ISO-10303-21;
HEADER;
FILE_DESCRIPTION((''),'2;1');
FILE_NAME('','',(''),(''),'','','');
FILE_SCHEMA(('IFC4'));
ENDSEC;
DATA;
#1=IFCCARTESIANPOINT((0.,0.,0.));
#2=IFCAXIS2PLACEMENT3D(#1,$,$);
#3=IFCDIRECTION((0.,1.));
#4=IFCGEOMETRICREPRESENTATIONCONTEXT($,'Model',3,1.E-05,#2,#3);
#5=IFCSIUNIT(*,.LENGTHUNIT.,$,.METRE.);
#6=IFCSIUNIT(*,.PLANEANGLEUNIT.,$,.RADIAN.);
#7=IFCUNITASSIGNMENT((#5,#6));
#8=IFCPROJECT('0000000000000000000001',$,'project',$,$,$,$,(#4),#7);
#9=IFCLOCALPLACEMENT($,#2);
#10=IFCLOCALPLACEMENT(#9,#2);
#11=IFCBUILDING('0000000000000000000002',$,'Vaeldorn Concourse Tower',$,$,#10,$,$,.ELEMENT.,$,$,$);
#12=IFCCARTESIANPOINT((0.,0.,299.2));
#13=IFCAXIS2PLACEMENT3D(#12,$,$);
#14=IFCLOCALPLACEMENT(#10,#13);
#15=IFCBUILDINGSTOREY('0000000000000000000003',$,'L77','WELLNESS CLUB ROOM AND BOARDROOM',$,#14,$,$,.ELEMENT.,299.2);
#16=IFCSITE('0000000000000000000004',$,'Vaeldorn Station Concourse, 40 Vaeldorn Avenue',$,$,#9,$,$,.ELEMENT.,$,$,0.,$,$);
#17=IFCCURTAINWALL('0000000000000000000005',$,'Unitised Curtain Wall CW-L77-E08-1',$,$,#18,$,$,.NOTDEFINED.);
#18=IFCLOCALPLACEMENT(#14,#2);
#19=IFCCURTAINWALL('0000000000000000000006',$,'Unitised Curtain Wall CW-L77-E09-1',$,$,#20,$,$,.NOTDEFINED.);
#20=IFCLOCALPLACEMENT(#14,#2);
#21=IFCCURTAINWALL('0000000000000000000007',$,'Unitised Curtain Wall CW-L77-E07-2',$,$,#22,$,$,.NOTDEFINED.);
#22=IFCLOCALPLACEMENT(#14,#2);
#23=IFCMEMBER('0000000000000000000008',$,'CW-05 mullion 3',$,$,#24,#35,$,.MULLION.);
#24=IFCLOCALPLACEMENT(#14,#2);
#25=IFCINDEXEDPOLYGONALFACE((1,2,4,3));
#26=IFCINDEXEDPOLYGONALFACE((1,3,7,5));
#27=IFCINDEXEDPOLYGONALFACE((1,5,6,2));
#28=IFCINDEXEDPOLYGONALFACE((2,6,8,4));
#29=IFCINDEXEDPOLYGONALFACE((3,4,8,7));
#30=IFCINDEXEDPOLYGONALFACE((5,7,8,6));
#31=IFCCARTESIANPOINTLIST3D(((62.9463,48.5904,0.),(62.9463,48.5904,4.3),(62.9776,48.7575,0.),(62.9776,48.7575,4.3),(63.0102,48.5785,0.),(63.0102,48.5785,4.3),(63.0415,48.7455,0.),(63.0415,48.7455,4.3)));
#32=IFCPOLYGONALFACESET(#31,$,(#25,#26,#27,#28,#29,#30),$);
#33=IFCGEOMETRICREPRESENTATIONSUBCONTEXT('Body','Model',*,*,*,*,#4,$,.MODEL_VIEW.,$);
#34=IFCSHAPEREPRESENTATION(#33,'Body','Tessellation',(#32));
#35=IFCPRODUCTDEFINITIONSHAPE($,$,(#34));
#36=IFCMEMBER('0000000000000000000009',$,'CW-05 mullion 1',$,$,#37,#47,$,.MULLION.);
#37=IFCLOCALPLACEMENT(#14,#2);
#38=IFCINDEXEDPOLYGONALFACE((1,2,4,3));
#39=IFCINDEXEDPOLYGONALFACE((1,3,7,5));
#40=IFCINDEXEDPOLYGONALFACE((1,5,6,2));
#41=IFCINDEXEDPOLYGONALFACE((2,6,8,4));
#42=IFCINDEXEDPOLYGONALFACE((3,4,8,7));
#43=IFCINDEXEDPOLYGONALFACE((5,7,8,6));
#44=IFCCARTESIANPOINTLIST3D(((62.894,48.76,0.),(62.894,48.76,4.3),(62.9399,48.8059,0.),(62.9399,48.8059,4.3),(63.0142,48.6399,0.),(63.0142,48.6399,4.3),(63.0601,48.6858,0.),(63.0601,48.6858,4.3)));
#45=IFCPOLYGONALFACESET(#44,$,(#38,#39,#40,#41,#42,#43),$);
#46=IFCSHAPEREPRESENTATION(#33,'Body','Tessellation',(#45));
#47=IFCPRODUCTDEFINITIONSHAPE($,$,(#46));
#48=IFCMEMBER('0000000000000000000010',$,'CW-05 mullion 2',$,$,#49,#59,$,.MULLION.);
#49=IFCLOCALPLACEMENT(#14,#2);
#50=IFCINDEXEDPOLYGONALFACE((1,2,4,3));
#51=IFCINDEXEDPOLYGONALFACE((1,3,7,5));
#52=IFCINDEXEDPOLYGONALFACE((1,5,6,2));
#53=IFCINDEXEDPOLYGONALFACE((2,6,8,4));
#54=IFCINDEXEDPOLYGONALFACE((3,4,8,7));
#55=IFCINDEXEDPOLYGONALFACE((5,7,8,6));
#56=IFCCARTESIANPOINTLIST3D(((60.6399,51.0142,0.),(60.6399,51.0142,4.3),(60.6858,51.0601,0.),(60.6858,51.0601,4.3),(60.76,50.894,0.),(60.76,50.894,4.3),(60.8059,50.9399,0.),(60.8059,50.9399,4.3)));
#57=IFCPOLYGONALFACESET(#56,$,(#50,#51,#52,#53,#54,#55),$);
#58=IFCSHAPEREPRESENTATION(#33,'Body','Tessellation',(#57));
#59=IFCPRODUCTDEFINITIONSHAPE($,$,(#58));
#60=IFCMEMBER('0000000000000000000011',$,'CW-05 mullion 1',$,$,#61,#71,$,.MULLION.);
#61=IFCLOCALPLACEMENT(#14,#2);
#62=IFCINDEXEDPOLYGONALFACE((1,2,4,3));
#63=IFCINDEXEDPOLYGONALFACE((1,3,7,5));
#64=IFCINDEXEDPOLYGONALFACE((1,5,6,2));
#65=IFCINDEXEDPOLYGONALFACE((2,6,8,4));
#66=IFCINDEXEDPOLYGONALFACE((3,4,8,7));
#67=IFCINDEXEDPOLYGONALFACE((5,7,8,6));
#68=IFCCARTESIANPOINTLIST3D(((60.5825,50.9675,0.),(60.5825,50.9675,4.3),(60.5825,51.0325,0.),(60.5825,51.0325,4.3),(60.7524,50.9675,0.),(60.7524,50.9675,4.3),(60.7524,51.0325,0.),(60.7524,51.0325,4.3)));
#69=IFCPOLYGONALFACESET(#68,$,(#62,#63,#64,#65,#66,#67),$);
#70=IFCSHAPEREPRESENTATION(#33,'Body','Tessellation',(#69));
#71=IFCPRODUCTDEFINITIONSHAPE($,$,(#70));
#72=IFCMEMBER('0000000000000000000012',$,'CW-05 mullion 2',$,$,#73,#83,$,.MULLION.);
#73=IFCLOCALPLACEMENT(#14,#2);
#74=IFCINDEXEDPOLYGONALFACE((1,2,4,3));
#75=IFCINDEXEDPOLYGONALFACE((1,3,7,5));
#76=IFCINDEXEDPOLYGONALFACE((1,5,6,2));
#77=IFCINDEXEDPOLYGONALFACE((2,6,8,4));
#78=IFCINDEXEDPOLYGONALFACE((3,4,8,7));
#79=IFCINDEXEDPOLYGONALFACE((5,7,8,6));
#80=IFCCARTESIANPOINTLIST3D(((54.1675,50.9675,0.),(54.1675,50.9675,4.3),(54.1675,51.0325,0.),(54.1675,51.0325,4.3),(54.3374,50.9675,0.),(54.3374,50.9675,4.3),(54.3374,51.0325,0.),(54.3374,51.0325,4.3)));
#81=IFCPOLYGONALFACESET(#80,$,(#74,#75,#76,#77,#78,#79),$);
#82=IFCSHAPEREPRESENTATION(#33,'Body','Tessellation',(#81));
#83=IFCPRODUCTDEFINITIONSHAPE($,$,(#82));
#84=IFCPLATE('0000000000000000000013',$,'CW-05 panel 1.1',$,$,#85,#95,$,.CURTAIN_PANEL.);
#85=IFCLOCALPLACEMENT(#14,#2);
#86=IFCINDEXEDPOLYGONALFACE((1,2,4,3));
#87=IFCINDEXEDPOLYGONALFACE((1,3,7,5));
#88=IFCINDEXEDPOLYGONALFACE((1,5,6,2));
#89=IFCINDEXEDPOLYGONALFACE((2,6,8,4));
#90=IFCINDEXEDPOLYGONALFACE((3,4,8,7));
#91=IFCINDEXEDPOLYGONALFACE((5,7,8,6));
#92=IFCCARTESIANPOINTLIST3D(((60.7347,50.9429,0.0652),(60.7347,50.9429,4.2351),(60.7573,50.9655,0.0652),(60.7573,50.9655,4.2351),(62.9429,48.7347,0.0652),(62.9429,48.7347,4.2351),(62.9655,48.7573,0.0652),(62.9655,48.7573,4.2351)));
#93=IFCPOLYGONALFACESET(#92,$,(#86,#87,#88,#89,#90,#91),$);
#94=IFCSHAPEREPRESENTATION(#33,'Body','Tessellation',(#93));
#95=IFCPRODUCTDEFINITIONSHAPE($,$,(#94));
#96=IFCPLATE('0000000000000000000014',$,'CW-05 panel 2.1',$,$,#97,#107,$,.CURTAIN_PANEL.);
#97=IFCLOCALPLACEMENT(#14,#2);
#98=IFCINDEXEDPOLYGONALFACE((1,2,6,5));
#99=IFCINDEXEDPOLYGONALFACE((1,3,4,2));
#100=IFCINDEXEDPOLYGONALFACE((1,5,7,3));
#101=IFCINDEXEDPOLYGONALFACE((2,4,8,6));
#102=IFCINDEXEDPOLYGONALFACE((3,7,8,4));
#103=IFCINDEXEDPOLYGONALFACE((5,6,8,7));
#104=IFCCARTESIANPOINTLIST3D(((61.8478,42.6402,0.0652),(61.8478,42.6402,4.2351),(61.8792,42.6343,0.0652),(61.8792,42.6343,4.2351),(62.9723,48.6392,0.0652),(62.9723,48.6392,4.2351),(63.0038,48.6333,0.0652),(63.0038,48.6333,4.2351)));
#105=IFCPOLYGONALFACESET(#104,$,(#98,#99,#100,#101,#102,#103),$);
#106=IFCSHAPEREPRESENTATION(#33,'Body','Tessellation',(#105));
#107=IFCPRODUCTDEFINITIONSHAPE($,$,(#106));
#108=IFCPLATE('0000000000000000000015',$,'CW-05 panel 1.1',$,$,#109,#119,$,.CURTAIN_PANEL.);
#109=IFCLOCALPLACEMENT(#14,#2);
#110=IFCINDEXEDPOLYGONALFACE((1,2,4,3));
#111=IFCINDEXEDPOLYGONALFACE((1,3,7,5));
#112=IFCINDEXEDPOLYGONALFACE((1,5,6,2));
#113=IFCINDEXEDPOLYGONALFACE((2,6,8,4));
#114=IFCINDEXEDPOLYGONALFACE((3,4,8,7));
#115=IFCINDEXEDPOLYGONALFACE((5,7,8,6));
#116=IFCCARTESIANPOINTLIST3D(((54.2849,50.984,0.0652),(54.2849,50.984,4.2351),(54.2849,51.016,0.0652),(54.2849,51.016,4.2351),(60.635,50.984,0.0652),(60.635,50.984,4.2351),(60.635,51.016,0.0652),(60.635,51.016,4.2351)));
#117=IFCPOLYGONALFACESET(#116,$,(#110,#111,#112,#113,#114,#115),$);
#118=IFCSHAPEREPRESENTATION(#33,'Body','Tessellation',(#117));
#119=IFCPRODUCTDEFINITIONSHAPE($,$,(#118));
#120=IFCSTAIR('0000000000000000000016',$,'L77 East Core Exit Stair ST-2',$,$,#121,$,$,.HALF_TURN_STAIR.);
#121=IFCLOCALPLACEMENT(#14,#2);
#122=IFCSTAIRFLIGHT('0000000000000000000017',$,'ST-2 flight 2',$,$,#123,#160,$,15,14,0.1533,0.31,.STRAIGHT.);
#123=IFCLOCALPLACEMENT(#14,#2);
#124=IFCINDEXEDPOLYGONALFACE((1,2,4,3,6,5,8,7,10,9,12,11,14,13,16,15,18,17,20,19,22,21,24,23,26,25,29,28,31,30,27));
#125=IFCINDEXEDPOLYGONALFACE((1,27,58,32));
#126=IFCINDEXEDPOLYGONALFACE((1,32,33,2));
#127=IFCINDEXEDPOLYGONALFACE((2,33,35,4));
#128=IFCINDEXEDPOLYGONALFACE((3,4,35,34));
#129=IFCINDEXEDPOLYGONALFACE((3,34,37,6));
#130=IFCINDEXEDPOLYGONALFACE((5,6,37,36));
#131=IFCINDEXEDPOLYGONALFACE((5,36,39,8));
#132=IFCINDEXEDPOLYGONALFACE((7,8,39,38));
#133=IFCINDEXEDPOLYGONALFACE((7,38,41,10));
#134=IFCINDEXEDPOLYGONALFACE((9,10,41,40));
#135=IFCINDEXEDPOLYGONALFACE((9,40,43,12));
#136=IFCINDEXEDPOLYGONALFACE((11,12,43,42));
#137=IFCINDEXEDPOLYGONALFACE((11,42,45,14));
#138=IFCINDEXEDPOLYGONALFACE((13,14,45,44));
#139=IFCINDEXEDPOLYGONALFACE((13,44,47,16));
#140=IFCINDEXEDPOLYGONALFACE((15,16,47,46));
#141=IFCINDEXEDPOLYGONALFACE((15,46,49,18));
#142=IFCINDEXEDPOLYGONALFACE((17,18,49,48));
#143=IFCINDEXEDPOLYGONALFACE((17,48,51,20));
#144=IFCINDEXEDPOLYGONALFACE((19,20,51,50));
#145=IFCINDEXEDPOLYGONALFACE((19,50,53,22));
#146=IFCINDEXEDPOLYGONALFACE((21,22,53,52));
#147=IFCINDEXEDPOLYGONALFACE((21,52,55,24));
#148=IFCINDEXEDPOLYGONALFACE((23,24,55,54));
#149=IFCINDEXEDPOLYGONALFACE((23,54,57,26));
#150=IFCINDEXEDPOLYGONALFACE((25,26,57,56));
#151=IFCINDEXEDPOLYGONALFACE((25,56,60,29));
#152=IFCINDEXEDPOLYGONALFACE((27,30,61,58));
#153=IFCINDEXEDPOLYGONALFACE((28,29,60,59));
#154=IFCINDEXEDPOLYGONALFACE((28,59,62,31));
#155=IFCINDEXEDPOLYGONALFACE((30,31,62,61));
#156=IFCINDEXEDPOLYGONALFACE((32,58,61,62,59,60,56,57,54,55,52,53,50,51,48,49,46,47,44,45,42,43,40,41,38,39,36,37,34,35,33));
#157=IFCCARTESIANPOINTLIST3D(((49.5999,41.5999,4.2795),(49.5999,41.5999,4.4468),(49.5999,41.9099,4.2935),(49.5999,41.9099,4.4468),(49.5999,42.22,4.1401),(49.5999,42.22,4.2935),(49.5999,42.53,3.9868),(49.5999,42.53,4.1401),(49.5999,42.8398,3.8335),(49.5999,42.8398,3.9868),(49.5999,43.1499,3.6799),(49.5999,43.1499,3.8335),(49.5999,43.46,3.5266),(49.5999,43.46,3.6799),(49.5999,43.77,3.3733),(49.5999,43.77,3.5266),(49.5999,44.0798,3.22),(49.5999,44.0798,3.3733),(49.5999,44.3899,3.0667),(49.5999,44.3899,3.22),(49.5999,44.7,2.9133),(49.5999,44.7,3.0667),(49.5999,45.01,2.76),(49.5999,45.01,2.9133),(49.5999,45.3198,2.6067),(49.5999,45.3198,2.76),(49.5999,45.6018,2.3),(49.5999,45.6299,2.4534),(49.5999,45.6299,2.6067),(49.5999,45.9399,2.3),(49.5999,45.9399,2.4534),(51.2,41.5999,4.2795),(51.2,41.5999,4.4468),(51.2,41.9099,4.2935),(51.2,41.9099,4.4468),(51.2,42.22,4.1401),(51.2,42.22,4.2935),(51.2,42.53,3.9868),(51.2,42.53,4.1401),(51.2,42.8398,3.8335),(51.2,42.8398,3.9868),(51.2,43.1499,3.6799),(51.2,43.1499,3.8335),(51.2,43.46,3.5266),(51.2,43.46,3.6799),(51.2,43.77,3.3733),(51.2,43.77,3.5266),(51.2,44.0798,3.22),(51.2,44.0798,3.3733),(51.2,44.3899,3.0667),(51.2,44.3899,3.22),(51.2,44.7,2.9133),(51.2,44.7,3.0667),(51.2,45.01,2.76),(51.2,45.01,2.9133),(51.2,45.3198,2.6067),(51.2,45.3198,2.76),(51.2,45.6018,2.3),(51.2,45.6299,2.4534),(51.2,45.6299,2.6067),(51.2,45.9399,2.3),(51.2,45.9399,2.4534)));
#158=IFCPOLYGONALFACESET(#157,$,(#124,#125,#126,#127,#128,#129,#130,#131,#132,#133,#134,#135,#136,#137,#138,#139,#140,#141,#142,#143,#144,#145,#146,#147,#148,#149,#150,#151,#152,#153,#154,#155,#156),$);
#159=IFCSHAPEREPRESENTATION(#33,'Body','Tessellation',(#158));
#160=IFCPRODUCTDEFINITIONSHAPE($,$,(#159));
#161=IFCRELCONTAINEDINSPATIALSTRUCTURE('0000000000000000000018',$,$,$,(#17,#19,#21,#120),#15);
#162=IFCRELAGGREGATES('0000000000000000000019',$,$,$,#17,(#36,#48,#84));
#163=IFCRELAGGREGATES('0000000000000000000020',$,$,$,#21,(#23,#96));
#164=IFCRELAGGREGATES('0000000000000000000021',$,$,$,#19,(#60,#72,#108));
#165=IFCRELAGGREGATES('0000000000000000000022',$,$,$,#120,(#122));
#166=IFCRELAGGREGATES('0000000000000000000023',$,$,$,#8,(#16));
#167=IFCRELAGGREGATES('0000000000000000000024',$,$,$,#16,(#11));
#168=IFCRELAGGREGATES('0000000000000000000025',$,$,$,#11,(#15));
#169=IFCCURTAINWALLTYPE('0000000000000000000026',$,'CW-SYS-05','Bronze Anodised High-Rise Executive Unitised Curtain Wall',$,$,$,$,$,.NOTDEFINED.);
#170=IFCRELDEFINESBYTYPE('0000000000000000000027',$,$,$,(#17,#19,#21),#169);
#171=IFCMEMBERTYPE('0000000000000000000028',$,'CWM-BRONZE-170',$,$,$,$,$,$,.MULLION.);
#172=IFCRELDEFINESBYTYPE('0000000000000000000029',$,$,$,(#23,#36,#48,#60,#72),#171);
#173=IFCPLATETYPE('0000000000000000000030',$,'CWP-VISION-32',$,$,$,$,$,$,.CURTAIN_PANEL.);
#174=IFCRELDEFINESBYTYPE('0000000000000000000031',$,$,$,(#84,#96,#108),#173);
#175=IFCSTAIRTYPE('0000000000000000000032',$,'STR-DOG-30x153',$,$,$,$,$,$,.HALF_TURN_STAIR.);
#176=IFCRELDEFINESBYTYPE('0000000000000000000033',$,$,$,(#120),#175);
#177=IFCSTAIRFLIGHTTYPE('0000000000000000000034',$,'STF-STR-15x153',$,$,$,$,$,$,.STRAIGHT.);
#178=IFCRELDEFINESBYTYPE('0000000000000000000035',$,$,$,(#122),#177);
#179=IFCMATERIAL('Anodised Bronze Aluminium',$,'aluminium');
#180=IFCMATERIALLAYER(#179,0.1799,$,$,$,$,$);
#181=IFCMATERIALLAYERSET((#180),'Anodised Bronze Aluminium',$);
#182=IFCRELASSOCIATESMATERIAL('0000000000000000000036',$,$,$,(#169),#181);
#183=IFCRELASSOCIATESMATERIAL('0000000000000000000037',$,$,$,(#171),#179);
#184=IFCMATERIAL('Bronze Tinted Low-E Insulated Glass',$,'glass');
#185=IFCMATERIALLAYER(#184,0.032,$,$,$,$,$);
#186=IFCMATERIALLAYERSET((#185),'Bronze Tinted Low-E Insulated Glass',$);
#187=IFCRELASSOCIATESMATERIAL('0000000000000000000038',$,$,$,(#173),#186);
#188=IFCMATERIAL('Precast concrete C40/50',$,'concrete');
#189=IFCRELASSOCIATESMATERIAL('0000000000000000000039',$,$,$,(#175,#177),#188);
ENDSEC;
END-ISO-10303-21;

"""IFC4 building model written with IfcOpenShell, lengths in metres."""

from ifc_helpers import new_model, si_unit, direction, frame, origin, origin_2d, place, context, subcontext, project, spatial, polyline, rectangle, outline, extrude, source, transform, mapped, material, layer, layer_set, material_profile, profile_set, type_object, element, aggregate, save


model = new_model("IFC4")

# Units and contexts
model_context = context("Model", 3, precision=1e-05, world=origin(), true_north=direction((0.0, 1.0)))
body_context = subcontext(model_context, "Body", "Model", "MODEL_VIEW")
ifc_project = project(units=[si_unit("LENGTHUNIT", "METRE"), si_unit("PLANEANGLEUNIT", "RADIAN")], contexts=[model_context])

# Site, building, storey
site_placement = place(None, origin())
site = spatial("IfcSite", under=ifc_project, at=site_placement, Name="Vaeldorn Station Concourse, 40 Vaeldorn Avenue", CompositionType="ELEMENT", RefElevation=0.0)
building_placement = place(site_placement, origin())
building = spatial("IfcBuilding", under=site, at=building_placement, Name="Vaeldorn Concourse Tower", CompositionType="ELEMENT")
storey_placement = place(building_placement, frame((0.0, 0.0, 299.2)))
storey = spatial("IfcBuildingStorey", under=building, at=storey_placement, Name="L77", Description="WELLNESS CLUB ROOM AND BOARDROOM", CompositionType="ELEMENT", Elevation=299.2)

# Curtain walls, member
ifc_material_1 = material(Name="Anodised Bronze Aluminium", Category="aluminium")
ifc_layer_1 = layer(ifc_material_1, 0.1799)
ifc_layer_set_1 = layer_set([ifc_layer_1], Name="Anodised Bronze Aluminium")
curtain_wall_type = type_object("IfcCurtainWallType", Name="CW-SYS-05", Description="Bronze Anodised High-Rise Executive Unitised Curtain Wall", PredefinedType="NOTDEFINED", material=ifc_layer_set_1)
curtain_wall_1_placement = place(storey_placement, origin())
curtain_wall_1 = element("IfcCurtainWall", 1, at=curtain_wall_1_placement, inside=storey, type_object=curtain_wall_type, Name="Unitised Curtain Wall CW-L77-E08-1", PredefinedType="NOTDEFINED")
curtain_wall_2_placement = place(storey_placement, origin())
curtain_wall_2 = element("IfcCurtainWall", 2, at=curtain_wall_2_placement, inside=storey, type_object=curtain_wall_type, Name="Unitised Curtain Wall CW-L77-E09-1", PredefinedType="NOTDEFINED")
curtain_wall_3_placement = place(storey_placement, origin())
curtain_wall_3 = element("IfcCurtainWall", 3, at=curtain_wall_3_placement, inside=storey, type_object=curtain_wall_type, Name="Unitised Curtain Wall CW-L77-E07-2", PredefinedType="NOTDEFINED")
ifc_material_profile_1 = material_profile(ifc_material_1, rectangle(XDim=0.0649, YDim=0.1699, at=origin_2d()), Name="CWM 65x170")
ifc_profile_set_1 = profile_set([ifc_material_profile_1], Name="Anodised Bronze Aluminium")
member_type_1 = type_object("IfcMemberType", Name="CWM-BRONZE-170", PredefinedType="MULLION", material=ifc_profile_set_1)
shared_shape_1 = source(origin(), body_context, "Body", "SweptSolid", [
    extrude(rectangle(XDim=0.0649, YDim=0.1699, at=origin_2d()), origin(), (0.0, 0.0, 1.0), 4.3),
])
member_1_placement = place(storey_placement, frame((62.9939, 48.668, 0.0), z_axis=(0.0, 0.0, 1.0), x_axis=(-0.98288, 0.184246, 0.0)))
member_1 = element("IfcMember", 4, at=member_1_placement, type_object=member_type_1, Name="CW-05 mullion 3", PredefinedType="MULLION", context=body_context, shape_type="MappedRepresentation", body=[
    mapped(shared_shape_1, transform((0.0, 0.0, 0.0), scale=1.0)),
])

# Members
member_2_placement = place(storey_placement, frame((62.9771, 48.7229, 0.0), z_axis=(0.0, 0.0, 1.0), x_axis=(-0.707107, -0.707107, 0.0)))
member_2 = element("IfcMember", 5, at=member_2_placement, type_object=member_type_1, Name="CW-05 mullion 1", PredefinedType="MULLION", context=body_context, shape_type="MappedRepresentation", body=[
    mapped(shared_shape_1, transform((0.0, 0.0, 0.0), scale=1.0)),
])
member_3_placement = place(storey_placement, frame((60.7229, 50.9771, 0.0), z_axis=(0.0, 0.0, 1.0), x_axis=(-0.707107, -0.707107, 0.0)))
member_3 = element("IfcMember", 6, at=member_3_placement, type_object=member_type_1, Name="CW-05 mullion 2", PredefinedType="MULLION", context=body_context, shape_type="MappedRepresentation", body=[
    mapped(shared_shape_1, transform((0.0, 0.0, 0.0), scale=1.0)),
])
member_4_placement = place(storey_placement, frame((60.6675, 51.0, 0.0), z_axis=(0.0, 0.0, 1.0), x_axis=(0.0, -1.0, 0.0)))
member_4 = element("IfcMember", 7, at=member_4_placement, type_object=member_type_1, Name="CW-05 mullion 1", PredefinedType="MULLION", context=body_context, shape_type="MappedRepresentation", body=[
    mapped(shared_shape_1, transform((0.0, 0.0, 0.0), scale=1.0)),
])
member_5_placement = place(storey_placement, frame((54.2524, 51.0, 0.0), z_axis=(0.0, 0.0, 1.0), x_axis=(0.0, -1.0, 0.0)))
member_5 = element("IfcMember", 8, at=member_5_placement, type_object=member_type_1, Name="CW-05 mullion 2", PredefinedType="MULLION", context=body_context, shape_type="MappedRepresentation", body=[
    mapped(shared_shape_1, transform((0.0, 0.0, 0.0), scale=1.0)),
])

# Plates
ifc_material_2 = material(Name="Bronze Tinted Low-E Insulated Glass", Category="glass")
ifc_layer_2 = layer(ifc_material_2, 0.032)
ifc_layer_set_2 = layer_set([ifc_layer_2], Name="Bronze Tinted Low-E Insulated Glass")
plate_type = type_object("IfcPlateType", Name="CWP-VISION-32", PredefinedType="CURTAIN_PANEL", material=ifc_layer_set_2)
shared_shape_2 = source(origin(), body_context, "Body", "SweptSolid", [
    extrude(rectangle(XDim=3.1228, YDim=0.032, at=origin_2d()), origin(), (0.0, 0.0, 1.0), 4.1699),
])
plate_1_placement = place(storey_placement, frame((61.8501, 49.8501, 0.0652), z_axis=(0.0, 0.0, 1.0), x_axis=(-0.707107, 0.707107, 0.0)))
plate_1 = element("IfcPlate", 9, at=plate_1_placement, type_object=plate_type, Name="CW-05 panel 1.1", PredefinedType="CURTAIN_PANEL", context=body_context, shape_type="MappedRepresentation", body=[
    mapped(shared_shape_2, transform((0.0, 0.0, 0.0), scale=1.0)),
])
aggregate(curtain_wall_1, [member_2, member_3, plate_1])
shared_shape_3 = source(origin(), body_context, "Body", "SweptSolid", [
    extrude(rectangle(XDim=6.1035, YDim=0.032, at=origin_2d()), origin(), (0.0, 0.0, 1.0), 4.1699),
])
plate_2_placement = place(storey_placement, frame((62.4258, 45.6367, 0.0652), z_axis=(0.0, 0.0, 1.0), x_axis=(0.184246, 0.98288, 0.0)))
plate_2 = element("IfcPlate", 10, at=plate_2_placement, type_object=plate_type, Name="CW-05 panel 2.1", PredefinedType="CURTAIN_PANEL", context=body_context, shape_type="MappedRepresentation", body=[
    mapped(shared_shape_3, transform((0.0, 0.0, 0.0), scale=1.0)),
])
aggregate(curtain_wall_3, [member_1, plate_2])
shared_shape_4 = source(origin(), body_context, "Body", "SweptSolid", [
    extrude(rectangle(XDim=6.3501, YDim=0.032, at=origin_2d()), origin(), (0.0, 0.0, 1.0), 4.1699),
])
plate_3_placement = place(storey_placement, frame((57.46, 51.0, 0.0652), z_axis=(0.0, 0.0, 1.0), x_axis=(-1.0, 0.0, 0.0)))
plate_3 = element("IfcPlate", 11, at=plate_3_placement, type_object=plate_type, Name="CW-05 panel 1.1", PredefinedType="CURTAIN_PANEL", context=body_context, shape_type="MappedRepresentation", body=[
    mapped(shared_shape_4, transform((0.0, 0.0, 0.0), scale=1.0)),
])
aggregate(curtain_wall_2, [member_4, member_5, plate_3])

# Stair, stair flight
ifc_material_3 = material(Name="Precast concrete C40/50", Category="concrete")
stair_type = type_object("IfcStairType", Name="STR-DOG-30x153", PredefinedType="HALF_TURN_STAIR", material=ifc_material_3)
stair_placement = place(storey_placement, origin())
stair = element("IfcStair", 12, at=stair_placement, inside=storey, type_object=stair_type, Name="L77 East Core Exit Stair ST-2", PredefinedType="HALF_TURN_STAIR")
stair_flight_type = type_object("IfcStairFlightType", Name="STF-STR-15x153", PredefinedType="STRAIGHT", material=ifc_material_3)
stair_flight_placement = place(storey_placement, frame((50.3999, 45.9399, 2.3), z_axis=(0.0, 0.0, 1.0), x_axis=(0.0, -1.0, 0.0)))
stair_flight = element("IfcStairFlight", 13, at=stair_flight_placement, type_object=stair_flight_type, Name="ST-2 flight 2", NumberOfRisers=15, NumberOfTreads=14, PredefinedType="STRAIGHT", RiserHeight=0.1533, TreadLength=0.31, context=body_context, shape_type="SweptSolid", body=[
    extrude(outline(polyline([(0.0, 0.0), (0.0, 0.1533), (0.3101, 0.1533), (0.3101, 0.3066), (0.6201, 0.3066), (0.6201, 0.46), (0.9299, 0.46), (0.9299, 0.6133), (1.24, 0.6133), (1.24, 0.7666), (1.55, 0.7666), (1.55, 0.9199), (1.8601, 0.9199), (1.8601, 1.0732), (2.1699, 1.0732), (2.1699, 1.2266), (2.48, 1.2266), (2.48, 1.3799), (2.79, 1.3799), (2.79, 1.5334), (3.1001, 1.5334), (3.1001, 1.6868), (3.4099, 1.6868), (3.4099, 1.8401), (3.72, 1.8401), (3.72, 1.9934), (4.03, 1.9934), (4.03, 2.1467), (4.3401, 2.1467), (4.3401, 2.3), (4.3401, 1.9795), (0.3381, 0.0), (0.0, 0.0)])), frame((0.0, 0.8, 0.0), z_axis=(0.0, -1.0, 0.0), x_axis=(1.0, 0.0, 0.0)), (0.0, 0.0, 1.0), 1.6001),
])
aggregate(stair, [stair_flight])

save(model, "model.ifc")
